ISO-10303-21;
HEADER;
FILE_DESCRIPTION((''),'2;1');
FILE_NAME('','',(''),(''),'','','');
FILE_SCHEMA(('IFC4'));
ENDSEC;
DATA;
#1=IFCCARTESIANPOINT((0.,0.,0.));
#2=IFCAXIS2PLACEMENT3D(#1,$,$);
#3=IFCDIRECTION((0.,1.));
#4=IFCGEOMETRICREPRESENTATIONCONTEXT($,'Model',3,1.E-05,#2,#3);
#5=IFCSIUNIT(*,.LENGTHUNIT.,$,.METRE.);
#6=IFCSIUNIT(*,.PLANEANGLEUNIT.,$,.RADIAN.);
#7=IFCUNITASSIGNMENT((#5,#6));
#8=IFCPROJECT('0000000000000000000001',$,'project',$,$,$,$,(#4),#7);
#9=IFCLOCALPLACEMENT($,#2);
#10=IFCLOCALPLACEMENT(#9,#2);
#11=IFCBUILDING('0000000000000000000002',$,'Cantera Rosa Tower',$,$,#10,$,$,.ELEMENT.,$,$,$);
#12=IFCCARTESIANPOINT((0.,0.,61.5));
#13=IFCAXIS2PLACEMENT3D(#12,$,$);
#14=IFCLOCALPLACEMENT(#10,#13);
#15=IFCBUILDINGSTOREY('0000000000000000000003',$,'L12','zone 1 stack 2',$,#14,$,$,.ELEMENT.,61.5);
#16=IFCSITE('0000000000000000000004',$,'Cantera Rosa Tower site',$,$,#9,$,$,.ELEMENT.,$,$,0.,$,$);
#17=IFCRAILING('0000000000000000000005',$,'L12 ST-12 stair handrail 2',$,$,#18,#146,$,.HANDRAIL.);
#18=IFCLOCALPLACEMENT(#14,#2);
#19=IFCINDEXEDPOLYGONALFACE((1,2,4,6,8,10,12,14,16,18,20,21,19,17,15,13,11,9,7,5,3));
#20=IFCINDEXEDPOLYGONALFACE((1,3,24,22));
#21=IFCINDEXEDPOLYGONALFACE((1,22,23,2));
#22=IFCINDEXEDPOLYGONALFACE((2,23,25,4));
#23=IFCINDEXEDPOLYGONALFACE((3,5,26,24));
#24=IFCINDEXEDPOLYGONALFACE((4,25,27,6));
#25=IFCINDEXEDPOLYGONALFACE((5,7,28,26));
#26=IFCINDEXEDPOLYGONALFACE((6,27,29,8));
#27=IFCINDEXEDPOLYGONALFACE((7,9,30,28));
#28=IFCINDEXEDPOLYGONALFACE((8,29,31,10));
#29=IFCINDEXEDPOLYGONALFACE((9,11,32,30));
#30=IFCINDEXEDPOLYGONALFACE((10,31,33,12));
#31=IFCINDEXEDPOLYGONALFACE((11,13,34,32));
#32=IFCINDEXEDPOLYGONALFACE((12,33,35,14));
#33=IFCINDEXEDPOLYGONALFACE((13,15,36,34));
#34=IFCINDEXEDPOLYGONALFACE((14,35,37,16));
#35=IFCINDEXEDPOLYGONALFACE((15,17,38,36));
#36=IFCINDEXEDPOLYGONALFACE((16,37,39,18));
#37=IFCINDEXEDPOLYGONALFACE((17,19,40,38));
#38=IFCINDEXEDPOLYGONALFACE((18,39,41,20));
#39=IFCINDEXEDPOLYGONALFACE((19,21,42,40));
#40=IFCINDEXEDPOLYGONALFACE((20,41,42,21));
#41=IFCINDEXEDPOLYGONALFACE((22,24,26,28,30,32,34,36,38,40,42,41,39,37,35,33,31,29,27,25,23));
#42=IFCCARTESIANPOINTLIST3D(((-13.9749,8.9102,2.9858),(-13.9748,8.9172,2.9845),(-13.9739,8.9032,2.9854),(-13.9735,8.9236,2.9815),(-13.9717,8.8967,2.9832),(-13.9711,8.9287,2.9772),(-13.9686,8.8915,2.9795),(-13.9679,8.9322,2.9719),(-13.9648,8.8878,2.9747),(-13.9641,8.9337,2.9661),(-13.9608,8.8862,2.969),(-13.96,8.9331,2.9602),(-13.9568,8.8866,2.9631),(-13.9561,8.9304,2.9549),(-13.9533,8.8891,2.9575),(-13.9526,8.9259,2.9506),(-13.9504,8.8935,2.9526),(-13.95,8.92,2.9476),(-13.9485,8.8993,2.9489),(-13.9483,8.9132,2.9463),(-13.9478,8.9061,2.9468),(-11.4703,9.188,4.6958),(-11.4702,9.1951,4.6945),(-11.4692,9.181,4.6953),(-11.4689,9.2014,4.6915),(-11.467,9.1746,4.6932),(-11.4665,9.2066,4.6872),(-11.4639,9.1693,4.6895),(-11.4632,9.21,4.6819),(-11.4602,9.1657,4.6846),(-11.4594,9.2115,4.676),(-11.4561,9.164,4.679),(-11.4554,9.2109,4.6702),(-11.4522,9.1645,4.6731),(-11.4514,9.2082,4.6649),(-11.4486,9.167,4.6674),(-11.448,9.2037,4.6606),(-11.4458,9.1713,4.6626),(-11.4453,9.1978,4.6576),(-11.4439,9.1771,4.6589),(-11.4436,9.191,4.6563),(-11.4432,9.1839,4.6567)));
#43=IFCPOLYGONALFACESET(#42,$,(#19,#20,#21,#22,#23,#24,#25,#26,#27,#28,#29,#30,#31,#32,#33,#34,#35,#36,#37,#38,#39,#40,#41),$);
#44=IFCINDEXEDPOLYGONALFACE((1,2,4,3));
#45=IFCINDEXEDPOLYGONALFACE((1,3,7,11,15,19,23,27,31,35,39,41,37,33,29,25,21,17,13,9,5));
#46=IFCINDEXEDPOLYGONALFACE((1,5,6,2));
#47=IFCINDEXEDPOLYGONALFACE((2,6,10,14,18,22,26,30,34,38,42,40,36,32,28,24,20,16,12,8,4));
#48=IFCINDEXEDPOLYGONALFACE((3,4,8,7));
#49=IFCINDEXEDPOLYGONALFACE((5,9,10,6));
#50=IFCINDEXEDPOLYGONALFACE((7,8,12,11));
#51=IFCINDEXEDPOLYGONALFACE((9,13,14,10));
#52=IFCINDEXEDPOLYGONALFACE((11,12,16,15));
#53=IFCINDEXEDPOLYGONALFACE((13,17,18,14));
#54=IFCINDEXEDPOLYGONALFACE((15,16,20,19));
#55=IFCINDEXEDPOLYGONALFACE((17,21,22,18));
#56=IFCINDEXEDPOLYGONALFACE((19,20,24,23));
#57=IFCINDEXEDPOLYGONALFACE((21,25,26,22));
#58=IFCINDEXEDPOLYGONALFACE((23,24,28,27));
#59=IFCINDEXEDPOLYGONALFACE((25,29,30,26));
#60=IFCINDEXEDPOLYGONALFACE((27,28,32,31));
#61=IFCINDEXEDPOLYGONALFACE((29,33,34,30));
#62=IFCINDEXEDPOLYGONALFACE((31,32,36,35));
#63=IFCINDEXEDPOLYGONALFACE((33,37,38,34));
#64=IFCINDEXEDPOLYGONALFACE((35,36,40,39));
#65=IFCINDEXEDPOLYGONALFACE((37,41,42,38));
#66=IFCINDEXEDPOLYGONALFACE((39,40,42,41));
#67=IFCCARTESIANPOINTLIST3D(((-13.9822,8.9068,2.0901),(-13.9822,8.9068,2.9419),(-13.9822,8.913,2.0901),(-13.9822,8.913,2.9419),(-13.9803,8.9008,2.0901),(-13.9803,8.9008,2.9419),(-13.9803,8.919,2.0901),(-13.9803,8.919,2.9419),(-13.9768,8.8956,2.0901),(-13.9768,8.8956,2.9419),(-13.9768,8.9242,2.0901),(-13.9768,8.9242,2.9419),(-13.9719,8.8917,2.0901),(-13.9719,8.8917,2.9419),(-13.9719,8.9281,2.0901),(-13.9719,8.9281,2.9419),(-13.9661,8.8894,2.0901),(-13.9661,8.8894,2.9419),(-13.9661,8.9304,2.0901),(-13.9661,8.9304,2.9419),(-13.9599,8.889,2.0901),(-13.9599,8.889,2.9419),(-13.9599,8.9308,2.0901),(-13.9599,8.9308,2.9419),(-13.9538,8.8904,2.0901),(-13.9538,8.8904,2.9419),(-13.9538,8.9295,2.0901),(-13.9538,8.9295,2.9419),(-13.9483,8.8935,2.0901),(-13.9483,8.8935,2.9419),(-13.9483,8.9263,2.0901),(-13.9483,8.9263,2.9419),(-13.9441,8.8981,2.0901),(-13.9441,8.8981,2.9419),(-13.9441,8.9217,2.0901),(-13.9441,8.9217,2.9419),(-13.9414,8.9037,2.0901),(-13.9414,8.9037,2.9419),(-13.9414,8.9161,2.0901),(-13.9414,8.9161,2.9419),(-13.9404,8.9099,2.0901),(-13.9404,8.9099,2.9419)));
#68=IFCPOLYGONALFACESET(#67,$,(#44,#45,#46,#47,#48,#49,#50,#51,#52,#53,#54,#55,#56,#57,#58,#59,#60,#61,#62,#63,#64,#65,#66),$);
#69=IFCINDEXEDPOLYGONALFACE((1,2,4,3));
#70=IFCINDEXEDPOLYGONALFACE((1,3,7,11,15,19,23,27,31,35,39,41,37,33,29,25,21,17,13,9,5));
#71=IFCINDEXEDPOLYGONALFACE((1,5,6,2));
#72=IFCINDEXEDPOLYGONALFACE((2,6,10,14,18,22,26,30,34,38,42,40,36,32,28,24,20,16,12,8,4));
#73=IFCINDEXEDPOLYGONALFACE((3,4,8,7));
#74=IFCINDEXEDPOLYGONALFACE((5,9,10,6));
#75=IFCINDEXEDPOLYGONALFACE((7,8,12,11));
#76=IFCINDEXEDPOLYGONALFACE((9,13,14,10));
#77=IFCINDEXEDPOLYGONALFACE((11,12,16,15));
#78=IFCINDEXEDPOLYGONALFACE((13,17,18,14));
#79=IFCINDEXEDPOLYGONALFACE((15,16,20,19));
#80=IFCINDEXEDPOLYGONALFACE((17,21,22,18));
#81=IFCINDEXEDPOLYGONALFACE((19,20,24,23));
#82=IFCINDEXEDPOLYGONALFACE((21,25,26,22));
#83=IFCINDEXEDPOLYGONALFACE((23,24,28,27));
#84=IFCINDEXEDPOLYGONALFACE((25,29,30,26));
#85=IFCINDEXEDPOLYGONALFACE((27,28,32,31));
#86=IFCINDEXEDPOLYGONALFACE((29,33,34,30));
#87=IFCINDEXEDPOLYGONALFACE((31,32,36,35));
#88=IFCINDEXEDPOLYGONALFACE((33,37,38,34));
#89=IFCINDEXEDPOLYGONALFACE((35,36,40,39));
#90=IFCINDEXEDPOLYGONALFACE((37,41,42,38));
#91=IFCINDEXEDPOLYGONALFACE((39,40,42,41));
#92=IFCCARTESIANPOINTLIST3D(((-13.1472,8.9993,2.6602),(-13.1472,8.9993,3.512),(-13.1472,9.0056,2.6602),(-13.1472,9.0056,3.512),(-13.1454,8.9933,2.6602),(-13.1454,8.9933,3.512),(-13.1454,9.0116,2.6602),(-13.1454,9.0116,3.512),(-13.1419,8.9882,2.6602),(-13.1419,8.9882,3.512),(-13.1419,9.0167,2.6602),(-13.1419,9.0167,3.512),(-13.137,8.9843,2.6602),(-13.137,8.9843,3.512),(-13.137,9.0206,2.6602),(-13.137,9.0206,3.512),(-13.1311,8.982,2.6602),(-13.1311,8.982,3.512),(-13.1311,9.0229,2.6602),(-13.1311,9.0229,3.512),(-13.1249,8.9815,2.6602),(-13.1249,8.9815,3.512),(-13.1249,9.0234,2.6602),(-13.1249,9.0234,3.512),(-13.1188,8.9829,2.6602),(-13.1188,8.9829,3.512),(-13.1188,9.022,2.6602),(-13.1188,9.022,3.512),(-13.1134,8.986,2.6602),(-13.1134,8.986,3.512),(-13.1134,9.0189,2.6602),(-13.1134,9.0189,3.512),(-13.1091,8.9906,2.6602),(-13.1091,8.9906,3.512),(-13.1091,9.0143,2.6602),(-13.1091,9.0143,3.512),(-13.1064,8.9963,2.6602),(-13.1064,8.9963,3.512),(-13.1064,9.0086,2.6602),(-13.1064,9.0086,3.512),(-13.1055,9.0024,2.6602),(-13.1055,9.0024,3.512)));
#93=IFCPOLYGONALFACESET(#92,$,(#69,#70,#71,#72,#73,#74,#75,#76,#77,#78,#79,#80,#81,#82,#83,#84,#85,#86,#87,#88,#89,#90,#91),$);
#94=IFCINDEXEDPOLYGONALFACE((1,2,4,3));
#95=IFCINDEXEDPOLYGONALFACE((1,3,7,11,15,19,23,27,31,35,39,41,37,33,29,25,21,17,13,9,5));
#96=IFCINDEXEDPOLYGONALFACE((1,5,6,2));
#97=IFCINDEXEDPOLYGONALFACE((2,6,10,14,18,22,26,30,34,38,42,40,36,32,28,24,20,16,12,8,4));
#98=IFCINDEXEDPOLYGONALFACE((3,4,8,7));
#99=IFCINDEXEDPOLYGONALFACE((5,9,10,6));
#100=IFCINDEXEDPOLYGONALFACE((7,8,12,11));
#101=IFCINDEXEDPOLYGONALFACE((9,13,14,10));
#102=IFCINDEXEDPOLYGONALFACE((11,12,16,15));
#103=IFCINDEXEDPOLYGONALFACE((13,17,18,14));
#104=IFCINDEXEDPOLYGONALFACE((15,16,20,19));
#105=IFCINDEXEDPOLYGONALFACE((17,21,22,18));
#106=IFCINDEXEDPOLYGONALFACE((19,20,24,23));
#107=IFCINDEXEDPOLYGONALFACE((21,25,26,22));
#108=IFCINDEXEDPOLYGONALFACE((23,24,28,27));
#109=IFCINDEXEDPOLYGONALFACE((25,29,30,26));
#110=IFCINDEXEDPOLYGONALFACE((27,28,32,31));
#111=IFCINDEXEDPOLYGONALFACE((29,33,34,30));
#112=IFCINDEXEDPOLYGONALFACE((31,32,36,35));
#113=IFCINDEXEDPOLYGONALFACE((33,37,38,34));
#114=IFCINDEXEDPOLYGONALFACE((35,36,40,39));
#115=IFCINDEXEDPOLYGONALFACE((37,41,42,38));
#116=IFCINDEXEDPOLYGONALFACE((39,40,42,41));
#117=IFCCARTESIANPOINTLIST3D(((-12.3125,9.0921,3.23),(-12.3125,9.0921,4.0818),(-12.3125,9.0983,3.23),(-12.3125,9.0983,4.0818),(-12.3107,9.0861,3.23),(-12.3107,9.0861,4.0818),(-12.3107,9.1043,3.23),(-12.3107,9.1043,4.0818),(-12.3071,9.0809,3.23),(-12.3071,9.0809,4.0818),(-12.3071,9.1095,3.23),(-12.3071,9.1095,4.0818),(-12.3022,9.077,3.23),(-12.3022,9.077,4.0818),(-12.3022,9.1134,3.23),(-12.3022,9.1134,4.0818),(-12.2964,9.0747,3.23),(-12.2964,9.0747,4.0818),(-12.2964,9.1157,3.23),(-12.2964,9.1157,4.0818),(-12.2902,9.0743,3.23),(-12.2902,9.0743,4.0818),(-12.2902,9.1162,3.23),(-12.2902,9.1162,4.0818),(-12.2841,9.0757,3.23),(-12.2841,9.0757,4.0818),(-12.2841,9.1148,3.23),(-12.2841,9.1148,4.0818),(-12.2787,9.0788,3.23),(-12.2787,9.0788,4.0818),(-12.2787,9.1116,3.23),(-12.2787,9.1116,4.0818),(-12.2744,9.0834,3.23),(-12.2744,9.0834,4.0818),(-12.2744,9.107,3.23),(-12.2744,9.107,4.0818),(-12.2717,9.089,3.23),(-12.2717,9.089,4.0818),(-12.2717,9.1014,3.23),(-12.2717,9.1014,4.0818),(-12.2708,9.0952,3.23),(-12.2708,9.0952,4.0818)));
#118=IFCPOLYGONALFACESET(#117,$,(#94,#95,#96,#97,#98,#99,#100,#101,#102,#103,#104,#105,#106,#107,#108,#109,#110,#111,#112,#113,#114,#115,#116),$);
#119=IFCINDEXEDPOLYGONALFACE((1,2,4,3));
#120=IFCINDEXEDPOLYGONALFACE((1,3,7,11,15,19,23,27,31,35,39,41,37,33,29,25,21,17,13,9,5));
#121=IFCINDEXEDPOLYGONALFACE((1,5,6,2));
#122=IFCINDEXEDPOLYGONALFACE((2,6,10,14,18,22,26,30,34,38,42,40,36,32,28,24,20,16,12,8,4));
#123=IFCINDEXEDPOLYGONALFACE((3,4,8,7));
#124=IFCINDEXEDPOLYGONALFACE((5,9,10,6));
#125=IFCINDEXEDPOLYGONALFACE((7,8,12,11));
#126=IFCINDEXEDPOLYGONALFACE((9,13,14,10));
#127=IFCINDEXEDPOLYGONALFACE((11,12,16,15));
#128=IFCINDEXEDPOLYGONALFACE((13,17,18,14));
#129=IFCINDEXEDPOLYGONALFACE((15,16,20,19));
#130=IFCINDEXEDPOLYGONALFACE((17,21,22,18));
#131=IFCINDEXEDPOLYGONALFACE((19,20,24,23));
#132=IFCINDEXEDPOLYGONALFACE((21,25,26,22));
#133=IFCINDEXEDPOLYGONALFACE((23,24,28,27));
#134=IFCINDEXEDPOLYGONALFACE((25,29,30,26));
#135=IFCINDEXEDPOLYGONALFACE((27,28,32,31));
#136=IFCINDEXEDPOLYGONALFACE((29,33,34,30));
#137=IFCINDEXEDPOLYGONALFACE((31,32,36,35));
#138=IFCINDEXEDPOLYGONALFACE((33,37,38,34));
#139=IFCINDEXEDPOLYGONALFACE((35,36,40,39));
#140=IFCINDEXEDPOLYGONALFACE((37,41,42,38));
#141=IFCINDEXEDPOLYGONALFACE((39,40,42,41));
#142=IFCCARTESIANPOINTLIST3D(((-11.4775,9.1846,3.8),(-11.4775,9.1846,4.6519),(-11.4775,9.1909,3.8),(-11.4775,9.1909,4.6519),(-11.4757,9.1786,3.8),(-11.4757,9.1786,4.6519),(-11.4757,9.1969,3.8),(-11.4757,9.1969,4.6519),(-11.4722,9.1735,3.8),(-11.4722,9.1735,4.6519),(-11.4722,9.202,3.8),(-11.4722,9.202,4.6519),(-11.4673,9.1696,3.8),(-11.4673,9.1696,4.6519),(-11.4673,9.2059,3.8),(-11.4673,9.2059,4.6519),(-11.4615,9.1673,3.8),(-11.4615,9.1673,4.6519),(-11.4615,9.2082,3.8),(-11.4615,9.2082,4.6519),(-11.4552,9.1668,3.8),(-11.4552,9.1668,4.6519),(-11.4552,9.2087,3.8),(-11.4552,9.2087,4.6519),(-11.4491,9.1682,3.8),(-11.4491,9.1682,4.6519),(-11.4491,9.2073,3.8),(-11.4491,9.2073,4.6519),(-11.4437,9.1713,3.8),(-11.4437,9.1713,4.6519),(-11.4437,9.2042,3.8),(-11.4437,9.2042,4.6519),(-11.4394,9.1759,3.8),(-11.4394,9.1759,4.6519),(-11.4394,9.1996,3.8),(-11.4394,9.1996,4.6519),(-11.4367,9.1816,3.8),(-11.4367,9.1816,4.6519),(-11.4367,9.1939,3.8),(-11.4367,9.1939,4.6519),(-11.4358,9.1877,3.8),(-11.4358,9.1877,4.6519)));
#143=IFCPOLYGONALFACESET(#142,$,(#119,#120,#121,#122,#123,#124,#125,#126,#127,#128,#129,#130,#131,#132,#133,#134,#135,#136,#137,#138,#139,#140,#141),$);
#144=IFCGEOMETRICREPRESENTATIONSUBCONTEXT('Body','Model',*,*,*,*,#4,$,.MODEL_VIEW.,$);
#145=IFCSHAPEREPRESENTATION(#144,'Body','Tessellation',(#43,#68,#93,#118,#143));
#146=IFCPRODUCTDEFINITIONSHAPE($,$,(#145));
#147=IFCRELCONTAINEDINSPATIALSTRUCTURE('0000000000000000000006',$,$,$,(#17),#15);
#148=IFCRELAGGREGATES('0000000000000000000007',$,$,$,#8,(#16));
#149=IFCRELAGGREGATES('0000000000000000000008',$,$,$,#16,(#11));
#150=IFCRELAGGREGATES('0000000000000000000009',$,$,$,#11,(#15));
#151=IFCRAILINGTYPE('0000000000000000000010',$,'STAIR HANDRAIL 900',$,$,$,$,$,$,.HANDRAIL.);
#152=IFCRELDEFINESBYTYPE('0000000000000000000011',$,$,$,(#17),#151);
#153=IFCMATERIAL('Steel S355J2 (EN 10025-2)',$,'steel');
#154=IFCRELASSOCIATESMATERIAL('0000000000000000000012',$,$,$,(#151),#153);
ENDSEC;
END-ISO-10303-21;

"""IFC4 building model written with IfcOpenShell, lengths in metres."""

from ifc_helpers import new_model, si_unit, direction, frame, origin, origin_2d, place, context, subcontext, project, spatial, circle, extrude, material, type_object, element, save


model = new_model("IFC4")

# Units and contexts
model_context = context("Model", 3, precision=1e-05, world=origin(), true_north=direction((0.0, 1.0)))
body_context = subcontext(model_context, "Body", "Model", "MODEL_VIEW")
ifc_project = project(units=[si_unit("LENGTHUNIT", "METRE"), si_unit("PLANEANGLEUNIT", "RADIAN")], contexts=[model_context])

# Site, building, storey
site_placement = place(None, origin())
site = spatial("IfcSite", under=ifc_project, at=site_placement, Name="Cantera Rosa Tower site", CompositionType="ELEMENT", RefElevation=0.0)
building_placement = place(site_placement, origin())
building = spatial("IfcBuilding", under=site, at=building_placement, Name="Cantera Rosa Tower", CompositionType="ELEMENT")
storey_placement = place(building_placement, frame((0.0, 0.0, 61.5)))
storey = spatial("IfcBuildingStorey", under=building, at=storey_placement, Name="L12", Description="zone 1 stack 2", CompositionType="ELEMENT", Elevation=61.5)

# Railing
ifc_material_1 = material(Name="Steel S355J2 (EN 10025-2)", Category="steel")
railing_type_1 = type_object("IfcRailingType", Name="STAIR HANDRAIL 900", PredefinedType="HANDRAIL", material=ifc_material_1)
railing_1_placement = place(storey_placement, frame((-13.9614, 8.9099, 2.0901)))
element("IfcRailing", 1, at=railing_1_placement, inside=storey, type_object=railing_type_1, Name="L12 ST-12 stair handrail 2", PredefinedType="HANDRAIL", context=body_context, shape_type="SweptSolid", body=[
    extrude(circle(Radius=0.0239, at=origin_2d()), frame((0.0, 0.0, 0.876), z_axis=(0.822437, 0.091231, 0.561492), x_axis=(-0.110251, 0.993904, 0.0)), (0.0, 0.0, 1.0), 3.0454),
    extrude(circle(Radius=0.021, at=origin_2d()), origin(), (0.0, 0.0, 1.0), 0.8518),
    extrude(circle(Radius=0.021, at=origin_2d()), frame((0.835, 0.0925, 0.5701)), (0.0, 0.0, 1.0), 0.8518),
    extrude(circle(Radius=0.021, at=origin_2d()), frame((1.6697, 0.1853, 1.1399)), (0.0, 0.0, 1.0), 0.8518),
    extrude(circle(Radius=0.021, at=origin_2d()), frame((2.5046, 0.2778, 1.71)), (0.0, 0.0, 1.0), 0.8518),
])

save(model, "model.ifc")
